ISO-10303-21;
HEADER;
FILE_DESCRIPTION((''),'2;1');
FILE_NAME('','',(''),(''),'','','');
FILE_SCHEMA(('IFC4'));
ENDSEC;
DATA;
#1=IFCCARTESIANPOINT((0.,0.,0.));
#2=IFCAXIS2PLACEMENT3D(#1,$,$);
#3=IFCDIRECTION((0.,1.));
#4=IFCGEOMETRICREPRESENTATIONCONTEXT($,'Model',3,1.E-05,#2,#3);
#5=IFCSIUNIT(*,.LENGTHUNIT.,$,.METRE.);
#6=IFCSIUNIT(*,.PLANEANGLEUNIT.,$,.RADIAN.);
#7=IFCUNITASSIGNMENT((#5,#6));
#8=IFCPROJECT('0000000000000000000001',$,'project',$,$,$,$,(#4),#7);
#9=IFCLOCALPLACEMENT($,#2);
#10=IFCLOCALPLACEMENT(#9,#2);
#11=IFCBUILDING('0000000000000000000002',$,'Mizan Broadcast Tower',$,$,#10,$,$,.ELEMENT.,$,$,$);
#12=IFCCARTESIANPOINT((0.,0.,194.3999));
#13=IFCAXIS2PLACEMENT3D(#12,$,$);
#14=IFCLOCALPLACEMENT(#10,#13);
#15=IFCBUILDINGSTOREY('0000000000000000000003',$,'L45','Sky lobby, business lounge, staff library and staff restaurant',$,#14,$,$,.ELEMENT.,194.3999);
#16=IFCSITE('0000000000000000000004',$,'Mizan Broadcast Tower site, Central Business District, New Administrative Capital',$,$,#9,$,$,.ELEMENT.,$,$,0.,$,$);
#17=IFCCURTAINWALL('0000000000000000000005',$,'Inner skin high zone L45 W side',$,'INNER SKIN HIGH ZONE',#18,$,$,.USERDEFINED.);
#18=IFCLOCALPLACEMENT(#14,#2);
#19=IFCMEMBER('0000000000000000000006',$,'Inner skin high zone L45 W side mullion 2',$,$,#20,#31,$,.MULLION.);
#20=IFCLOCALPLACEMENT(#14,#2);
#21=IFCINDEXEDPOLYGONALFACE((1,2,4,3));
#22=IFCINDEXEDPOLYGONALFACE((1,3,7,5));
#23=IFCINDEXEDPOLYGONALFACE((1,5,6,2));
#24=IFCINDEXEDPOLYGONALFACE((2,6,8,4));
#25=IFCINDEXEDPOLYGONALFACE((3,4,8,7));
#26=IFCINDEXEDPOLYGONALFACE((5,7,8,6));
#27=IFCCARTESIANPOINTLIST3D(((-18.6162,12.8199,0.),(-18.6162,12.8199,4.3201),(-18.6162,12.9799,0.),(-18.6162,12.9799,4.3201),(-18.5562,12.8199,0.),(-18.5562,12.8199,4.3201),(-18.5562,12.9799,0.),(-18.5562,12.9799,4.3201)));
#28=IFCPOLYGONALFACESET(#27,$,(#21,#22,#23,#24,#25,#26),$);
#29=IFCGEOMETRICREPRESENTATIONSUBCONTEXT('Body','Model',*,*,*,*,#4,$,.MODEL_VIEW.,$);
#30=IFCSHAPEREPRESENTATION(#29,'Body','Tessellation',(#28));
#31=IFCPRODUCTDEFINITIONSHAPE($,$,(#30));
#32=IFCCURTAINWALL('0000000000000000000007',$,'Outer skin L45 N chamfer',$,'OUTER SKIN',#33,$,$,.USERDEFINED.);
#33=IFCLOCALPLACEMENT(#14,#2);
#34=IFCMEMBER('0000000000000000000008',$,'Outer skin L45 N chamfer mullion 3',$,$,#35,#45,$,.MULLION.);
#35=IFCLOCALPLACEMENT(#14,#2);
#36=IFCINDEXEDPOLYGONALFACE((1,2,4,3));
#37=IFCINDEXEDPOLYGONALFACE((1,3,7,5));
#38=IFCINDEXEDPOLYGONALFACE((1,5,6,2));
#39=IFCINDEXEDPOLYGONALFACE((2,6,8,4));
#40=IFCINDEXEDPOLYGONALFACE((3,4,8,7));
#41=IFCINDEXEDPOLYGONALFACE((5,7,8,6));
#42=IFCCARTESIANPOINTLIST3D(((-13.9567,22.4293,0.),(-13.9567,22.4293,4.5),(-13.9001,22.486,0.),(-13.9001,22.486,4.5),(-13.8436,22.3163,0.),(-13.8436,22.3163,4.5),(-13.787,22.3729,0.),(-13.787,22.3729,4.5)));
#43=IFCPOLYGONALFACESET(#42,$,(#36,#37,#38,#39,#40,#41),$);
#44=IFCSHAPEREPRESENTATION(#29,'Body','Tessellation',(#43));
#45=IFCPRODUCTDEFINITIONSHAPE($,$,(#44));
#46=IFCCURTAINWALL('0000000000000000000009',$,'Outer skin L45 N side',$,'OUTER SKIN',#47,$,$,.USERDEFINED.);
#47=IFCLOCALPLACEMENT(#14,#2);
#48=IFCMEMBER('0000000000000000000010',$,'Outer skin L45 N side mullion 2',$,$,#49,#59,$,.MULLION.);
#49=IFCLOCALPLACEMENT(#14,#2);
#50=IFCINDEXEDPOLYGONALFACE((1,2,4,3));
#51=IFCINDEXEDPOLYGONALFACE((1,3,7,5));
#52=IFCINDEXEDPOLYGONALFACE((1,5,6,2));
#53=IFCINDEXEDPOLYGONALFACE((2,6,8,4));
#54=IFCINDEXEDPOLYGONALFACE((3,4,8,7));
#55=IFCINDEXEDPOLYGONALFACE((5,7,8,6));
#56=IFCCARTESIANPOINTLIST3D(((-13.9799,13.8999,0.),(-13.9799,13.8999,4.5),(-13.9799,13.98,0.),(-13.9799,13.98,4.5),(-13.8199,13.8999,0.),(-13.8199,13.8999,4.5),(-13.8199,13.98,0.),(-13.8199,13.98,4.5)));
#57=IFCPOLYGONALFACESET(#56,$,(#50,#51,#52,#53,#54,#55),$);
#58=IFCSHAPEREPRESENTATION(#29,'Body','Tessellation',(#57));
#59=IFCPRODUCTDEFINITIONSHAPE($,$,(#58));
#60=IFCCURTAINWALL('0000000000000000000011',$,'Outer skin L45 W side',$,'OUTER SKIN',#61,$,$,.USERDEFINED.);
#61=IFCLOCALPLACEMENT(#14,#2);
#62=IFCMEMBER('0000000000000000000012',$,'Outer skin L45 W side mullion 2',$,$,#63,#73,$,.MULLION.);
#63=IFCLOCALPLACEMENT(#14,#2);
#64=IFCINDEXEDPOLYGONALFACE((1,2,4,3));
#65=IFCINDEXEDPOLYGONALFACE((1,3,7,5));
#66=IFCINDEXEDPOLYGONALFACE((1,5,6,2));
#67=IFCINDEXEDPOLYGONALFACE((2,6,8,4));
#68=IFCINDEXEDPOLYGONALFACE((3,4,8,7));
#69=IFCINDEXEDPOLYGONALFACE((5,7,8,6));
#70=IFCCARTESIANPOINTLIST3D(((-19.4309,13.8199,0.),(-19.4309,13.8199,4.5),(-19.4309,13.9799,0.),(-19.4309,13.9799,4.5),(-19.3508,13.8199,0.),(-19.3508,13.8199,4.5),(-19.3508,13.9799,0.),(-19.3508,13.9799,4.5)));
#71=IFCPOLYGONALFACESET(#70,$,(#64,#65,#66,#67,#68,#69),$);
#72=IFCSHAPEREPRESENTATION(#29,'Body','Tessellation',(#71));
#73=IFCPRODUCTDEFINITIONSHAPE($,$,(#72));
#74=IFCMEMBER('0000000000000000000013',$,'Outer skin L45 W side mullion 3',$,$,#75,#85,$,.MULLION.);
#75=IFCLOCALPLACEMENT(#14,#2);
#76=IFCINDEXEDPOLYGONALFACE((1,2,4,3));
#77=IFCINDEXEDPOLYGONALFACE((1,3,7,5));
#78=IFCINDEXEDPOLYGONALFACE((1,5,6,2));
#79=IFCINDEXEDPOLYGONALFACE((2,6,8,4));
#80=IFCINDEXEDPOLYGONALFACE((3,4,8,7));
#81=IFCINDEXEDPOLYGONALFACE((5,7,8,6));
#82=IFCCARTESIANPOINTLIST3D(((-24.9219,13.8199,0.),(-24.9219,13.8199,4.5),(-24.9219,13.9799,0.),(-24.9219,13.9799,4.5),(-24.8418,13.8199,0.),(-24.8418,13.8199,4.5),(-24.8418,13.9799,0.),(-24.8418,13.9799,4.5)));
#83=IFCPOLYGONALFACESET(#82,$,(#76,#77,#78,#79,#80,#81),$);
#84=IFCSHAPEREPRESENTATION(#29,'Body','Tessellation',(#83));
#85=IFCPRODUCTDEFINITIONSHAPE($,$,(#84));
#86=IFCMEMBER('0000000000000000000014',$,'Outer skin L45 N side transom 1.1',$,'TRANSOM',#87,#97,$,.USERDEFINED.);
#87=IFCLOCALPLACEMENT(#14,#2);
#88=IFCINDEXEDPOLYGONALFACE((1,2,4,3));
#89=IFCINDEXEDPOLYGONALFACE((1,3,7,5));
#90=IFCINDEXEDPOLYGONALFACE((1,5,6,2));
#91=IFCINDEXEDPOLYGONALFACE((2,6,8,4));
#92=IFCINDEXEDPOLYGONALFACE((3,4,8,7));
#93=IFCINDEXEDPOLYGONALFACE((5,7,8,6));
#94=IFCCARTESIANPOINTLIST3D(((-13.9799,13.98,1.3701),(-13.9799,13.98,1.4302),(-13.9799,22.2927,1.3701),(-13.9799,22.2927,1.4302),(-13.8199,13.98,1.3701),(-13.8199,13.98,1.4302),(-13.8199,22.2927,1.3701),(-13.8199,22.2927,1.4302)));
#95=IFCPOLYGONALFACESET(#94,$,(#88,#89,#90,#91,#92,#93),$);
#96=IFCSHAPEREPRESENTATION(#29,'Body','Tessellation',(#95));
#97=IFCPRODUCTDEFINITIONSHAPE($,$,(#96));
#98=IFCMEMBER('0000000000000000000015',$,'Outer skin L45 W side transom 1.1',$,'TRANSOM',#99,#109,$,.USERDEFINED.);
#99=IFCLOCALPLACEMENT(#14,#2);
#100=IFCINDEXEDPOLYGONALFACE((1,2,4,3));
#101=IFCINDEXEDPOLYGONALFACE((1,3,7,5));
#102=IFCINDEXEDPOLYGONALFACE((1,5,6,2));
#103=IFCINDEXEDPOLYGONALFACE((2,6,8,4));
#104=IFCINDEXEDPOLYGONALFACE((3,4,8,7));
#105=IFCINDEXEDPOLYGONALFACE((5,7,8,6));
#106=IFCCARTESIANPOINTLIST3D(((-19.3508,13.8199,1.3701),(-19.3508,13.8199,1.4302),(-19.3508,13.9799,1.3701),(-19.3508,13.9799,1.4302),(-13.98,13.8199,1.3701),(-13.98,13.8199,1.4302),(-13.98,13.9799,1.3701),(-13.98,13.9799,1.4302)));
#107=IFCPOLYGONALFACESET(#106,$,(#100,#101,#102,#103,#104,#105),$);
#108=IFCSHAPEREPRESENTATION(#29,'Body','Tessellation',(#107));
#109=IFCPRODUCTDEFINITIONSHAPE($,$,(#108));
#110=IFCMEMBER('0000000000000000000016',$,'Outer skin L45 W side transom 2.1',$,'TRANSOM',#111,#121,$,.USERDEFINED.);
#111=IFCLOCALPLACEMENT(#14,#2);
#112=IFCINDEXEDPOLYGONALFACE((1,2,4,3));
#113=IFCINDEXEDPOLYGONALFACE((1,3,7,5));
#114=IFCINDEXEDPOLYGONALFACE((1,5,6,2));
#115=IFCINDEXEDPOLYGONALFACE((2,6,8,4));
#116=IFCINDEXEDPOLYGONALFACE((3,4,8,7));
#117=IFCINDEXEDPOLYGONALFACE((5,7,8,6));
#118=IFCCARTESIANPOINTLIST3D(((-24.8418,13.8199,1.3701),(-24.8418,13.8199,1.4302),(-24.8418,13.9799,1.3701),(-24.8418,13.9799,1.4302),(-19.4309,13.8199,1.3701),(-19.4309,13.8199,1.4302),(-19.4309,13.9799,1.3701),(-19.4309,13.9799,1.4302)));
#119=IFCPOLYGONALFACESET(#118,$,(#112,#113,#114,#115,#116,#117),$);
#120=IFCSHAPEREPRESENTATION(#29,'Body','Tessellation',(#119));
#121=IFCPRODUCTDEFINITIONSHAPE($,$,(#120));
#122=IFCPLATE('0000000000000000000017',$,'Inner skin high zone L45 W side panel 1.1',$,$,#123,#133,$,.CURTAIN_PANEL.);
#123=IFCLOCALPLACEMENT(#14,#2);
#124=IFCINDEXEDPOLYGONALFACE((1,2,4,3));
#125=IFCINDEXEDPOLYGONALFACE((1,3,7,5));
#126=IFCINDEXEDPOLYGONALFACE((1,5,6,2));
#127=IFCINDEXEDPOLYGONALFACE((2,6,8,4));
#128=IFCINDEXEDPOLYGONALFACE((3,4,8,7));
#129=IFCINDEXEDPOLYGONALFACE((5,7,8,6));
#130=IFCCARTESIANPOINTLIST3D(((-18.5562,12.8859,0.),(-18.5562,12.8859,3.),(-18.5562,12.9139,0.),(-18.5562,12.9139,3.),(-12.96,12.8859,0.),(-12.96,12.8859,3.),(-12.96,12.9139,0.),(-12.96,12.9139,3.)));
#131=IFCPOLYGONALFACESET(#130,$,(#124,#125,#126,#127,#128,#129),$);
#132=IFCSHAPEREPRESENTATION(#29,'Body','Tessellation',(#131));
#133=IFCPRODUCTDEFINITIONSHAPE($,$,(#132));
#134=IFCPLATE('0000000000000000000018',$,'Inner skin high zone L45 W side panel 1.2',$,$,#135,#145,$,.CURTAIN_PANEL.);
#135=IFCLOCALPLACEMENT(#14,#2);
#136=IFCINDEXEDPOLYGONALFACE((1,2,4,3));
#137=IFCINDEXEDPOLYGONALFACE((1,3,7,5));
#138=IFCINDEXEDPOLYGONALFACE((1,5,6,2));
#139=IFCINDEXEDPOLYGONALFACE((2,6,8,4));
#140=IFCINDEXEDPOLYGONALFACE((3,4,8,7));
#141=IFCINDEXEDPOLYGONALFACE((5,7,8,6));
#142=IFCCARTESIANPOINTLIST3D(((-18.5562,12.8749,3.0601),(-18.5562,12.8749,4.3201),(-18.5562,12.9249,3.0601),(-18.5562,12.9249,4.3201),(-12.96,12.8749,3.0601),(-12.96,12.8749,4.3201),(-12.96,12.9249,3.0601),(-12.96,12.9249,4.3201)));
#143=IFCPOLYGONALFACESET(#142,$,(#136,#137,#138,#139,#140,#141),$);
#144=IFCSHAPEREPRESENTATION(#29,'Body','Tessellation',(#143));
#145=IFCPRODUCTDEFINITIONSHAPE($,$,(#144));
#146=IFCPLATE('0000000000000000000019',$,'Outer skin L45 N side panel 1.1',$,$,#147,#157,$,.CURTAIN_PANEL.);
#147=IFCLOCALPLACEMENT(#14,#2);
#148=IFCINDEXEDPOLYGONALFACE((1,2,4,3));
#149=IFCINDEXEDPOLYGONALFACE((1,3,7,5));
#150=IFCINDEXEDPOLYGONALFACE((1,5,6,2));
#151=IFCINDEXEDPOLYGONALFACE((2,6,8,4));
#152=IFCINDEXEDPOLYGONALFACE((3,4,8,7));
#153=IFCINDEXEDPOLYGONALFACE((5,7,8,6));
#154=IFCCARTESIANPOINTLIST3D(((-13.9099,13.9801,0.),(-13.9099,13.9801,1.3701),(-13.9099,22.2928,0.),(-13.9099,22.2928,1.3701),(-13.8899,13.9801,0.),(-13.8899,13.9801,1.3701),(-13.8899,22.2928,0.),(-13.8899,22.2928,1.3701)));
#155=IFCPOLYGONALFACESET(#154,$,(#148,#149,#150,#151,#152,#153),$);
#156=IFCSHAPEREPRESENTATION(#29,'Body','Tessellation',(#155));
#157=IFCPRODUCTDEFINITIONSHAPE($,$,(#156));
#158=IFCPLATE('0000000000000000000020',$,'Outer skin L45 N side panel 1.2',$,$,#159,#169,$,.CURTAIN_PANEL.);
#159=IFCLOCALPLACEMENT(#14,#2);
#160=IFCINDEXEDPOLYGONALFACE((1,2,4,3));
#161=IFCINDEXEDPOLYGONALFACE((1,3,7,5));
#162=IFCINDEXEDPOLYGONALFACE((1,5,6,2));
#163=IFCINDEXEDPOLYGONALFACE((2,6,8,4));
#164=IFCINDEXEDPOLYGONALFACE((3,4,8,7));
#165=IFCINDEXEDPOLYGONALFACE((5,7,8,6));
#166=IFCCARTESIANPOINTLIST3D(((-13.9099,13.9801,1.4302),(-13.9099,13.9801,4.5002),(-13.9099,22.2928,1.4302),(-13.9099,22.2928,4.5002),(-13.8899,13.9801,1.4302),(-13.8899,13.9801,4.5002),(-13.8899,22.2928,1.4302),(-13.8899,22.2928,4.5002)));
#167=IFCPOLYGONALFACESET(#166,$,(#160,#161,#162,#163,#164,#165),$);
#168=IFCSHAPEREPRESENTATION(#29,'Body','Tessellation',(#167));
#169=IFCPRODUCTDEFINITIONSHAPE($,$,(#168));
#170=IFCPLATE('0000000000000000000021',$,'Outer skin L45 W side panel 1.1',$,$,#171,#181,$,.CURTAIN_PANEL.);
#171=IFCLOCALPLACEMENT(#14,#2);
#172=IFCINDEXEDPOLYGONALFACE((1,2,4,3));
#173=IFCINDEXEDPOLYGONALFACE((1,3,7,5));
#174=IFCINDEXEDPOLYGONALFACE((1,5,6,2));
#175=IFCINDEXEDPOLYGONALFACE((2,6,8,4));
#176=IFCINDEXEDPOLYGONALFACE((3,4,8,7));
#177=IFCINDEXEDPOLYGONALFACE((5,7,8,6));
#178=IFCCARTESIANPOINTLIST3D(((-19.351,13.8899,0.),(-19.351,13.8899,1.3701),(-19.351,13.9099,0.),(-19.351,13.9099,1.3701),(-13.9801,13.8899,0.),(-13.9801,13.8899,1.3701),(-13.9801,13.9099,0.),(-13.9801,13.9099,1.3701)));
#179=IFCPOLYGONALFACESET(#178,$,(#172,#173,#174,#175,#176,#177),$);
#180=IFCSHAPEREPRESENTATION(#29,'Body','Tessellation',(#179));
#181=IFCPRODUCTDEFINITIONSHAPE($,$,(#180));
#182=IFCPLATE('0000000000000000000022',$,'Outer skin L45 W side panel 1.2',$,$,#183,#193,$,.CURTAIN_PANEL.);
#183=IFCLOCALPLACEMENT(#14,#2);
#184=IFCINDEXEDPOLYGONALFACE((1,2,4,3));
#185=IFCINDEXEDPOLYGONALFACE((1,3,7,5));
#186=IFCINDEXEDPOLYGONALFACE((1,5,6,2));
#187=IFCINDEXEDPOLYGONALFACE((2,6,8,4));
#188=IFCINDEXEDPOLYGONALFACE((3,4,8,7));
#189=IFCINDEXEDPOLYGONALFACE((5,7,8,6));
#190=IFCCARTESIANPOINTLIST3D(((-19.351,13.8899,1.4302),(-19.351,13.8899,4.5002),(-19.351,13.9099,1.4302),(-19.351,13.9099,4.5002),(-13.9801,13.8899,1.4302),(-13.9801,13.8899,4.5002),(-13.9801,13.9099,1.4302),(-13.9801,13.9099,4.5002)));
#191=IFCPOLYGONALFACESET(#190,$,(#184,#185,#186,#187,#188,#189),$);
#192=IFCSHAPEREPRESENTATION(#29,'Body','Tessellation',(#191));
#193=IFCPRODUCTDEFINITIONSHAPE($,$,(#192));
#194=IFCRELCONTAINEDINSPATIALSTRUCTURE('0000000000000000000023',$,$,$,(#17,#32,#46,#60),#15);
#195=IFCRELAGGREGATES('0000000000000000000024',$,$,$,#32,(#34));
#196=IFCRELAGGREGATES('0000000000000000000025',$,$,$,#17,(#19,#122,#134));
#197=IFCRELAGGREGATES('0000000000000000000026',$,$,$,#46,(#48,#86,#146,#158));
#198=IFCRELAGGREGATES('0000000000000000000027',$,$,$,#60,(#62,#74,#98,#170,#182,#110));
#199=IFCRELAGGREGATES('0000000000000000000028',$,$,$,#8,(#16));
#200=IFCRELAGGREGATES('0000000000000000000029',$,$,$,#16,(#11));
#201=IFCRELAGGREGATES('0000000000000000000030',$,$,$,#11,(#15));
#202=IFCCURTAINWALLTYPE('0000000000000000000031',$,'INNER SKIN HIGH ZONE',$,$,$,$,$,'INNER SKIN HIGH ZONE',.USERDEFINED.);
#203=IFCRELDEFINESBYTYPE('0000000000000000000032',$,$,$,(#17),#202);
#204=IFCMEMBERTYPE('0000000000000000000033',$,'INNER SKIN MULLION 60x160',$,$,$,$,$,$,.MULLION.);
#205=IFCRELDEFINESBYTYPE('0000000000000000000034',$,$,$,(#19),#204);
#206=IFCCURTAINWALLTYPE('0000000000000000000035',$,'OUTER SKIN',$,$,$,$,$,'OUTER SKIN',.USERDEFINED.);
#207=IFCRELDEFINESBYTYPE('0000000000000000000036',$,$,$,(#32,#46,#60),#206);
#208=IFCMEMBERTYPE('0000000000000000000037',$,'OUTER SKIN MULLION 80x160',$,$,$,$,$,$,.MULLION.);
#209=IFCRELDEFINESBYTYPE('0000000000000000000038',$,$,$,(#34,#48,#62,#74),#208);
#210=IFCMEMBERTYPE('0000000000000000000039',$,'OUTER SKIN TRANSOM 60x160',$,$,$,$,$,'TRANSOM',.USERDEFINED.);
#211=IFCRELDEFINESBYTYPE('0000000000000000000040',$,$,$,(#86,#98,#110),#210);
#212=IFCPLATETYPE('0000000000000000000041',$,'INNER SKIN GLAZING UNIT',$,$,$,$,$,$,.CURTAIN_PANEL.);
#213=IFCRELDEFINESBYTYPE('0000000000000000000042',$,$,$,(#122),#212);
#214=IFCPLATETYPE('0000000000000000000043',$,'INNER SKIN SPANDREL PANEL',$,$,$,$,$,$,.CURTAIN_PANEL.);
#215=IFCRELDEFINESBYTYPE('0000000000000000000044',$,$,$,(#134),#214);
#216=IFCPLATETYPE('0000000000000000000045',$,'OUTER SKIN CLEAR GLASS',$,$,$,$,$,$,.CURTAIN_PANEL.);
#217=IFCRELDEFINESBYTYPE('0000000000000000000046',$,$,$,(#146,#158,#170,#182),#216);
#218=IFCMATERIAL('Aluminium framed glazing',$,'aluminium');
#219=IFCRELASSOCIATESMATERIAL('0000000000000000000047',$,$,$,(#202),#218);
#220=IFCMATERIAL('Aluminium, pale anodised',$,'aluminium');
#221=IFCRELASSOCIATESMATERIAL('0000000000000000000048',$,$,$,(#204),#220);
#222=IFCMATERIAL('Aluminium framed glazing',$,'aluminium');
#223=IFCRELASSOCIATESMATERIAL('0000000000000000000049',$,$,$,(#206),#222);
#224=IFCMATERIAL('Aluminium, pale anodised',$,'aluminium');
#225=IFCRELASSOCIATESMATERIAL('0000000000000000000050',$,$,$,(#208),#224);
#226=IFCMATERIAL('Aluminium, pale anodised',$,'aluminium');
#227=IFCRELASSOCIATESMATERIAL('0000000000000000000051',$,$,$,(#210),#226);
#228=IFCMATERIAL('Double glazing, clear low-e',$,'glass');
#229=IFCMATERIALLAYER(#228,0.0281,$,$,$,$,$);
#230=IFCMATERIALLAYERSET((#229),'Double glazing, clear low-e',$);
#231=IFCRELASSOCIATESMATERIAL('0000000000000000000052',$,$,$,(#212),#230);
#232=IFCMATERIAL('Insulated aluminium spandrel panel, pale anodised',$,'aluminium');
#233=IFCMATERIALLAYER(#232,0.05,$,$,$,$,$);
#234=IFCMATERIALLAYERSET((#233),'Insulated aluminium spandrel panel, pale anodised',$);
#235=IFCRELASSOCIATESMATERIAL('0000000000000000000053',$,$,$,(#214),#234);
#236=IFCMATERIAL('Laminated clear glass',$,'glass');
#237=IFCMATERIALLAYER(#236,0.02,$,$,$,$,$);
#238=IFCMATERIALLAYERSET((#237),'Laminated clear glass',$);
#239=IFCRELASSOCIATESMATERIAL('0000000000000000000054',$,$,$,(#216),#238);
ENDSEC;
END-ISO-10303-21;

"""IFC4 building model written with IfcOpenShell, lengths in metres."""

from ifc_helpers import new_model, si_unit, direction, frame, origin, origin_2d, place, context, subcontext, project, spatial, rectangle, extrude, material, layer, layer_set, material_profile, profile_set, type_object, element, aggregate, save


model = new_model("IFC4")

# Units and contexts
model_context = context("Model", 3, precision=1e-05, world=origin(), true_north=direction((0.0, 1.0)))
body_context = subcontext(model_context, "Body", "Model", "MODEL_VIEW")
ifc_project = project(units=[si_unit("LENGTHUNIT", "METRE"), si_unit("PLANEANGLEUNIT", "RADIAN")], contexts=[model_context])

# Site, building, storey
site_placement = place(None, origin())
site = spatial("IfcSite", under=ifc_project, at=site_placement, Name="Mizan Broadcast Tower site, Central Business District, New Administrative Capital", CompositionType="ELEMENT", RefElevation=0.0)
building_placement = place(site_placement, origin())
building = spatial("IfcBuilding", under=site, at=building_placement, Name="Mizan Broadcast Tower", CompositionType="ELEMENT")
storey_placement = place(building_placement, frame((0.0, 0.0, 194.3999)))
storey = spatial("IfcBuildingStorey", under=building, at=storey_placement, Name="L45", Description="Sky lobby, business lounge, staff library and staff restaurant", CompositionType="ELEMENT", Elevation=194.3999)

# Curtain walls, members
ifc_material_1 = material(Name="Aluminium framed glazing", Category="aluminium")
curtain_wall_type_1 = type_object("IfcCurtainWallType", Name="INNER SKIN HIGH ZONE", ElementType="INNER SKIN HIGH ZONE", PredefinedType="USERDEFINED", material=ifc_material_1)
curtain_wall_1_placement = place(storey_placement, origin())
curtain_wall_1 = element("IfcCurtainWall", 1, at=curtain_wall_1_placement, inside=storey, type_object=curtain_wall_type_1, Name="Inner skin high zone L45 W side", ObjectType="INNER SKIN HIGH ZONE", PredefinedType="USERDEFINED")
ifc_material_2 = material(Name="Aluminium, pale anodised", Category="aluminium")
ifc_material_profile_1 = material_profile(ifc_material_2, rectangle(XDim=0.1599, YDim=0.0601, at=origin_2d()), Name="MULLION 160x60")
ifc_profile_set_1 = profile_set([ifc_material_profile_1], Name="Aluminium, pale anodised")
member_type_1 = type_object("IfcMemberType", Name="INNER SKIN MULLION 60x160", PredefinedType="MULLION", material=ifc_profile_set_1)
member_1_placement = place(storey_placement, frame((-18.5862, 12.8999, 0.0), z_axis=(0.0, 0.0, 1.0), x_axis=(0.0, -1.0, 0.0)))
member_1 = element("IfcMember", 2, at=member_1_placement, type_object=member_type_1, Name="Inner skin high zone L45 W side mullion 2", PredefinedType="MULLION", context=body_context, shape_type="SweptSolid", body=[
    extrude(rectangle(XDim=0.1599, YDim=0.0601, at=origin_2d()), origin(), (0.0, 0.0, 1.0), 4.3201),
])
ifc_material_3 = material(Name="Aluminium framed glazing", Category="aluminium")
curtain_wall_type_2 = type_object("IfcCurtainWallType", Name="OUTER SKIN", ElementType="OUTER SKIN", PredefinedType="USERDEFINED", material=ifc_material_3)
curtain_wall_2_placement = place(storey_placement, origin())
curtain_wall_2 = element("IfcCurtainWall", 3, at=curtain_wall_2_placement, inside=storey, type_object=curtain_wall_type_2, Name="Outer skin L45 N chamfer", ObjectType="OUTER SKIN", PredefinedType="USERDEFINED")
ifc_material_4 = material(Name="Aluminium, pale anodised", Category="aluminium")
ifc_material_profile_2 = material_profile(ifc_material_4, rectangle(XDim=0.1599, YDim=0.0801, at=origin_2d()), Name="MULLION 160x80")
ifc_profile_set_2 = profile_set([ifc_material_profile_2], Name="Aluminium, pale anodised")
member_type_2 = type_object("IfcMemberType", Name="OUTER SKIN MULLION 80x160", PredefinedType="MULLION", material=ifc_profile_set_2)
member_2_placement = place(storey_placement, frame((-13.8718, 22.4011, 0.0), z_axis=(0.0, 0.0, 1.0), x_axis=(0.707107, -0.707107, 0.0)))
member_2 = element("IfcMember", 4, at=member_2_placement, type_object=member_type_2, Name="Outer skin L45 N chamfer mullion 3", PredefinedType="MULLION", context=body_context, shape_type="SweptSolid", body=[
    extrude(rectangle(XDim=0.1599, YDim=0.0801, at=origin_2d()), origin(), (0.0, 0.0, 1.0), 4.5),
])
aggregate(curtain_wall_2, [member_2])
curtain_wall_3_placement = place(storey_placement, origin())
curtain_wall_3 = element("IfcCurtainWall", 5, at=curtain_wall_3_placement, inside=storey, type_object=curtain_wall_type_2, Name="Outer skin L45 N side", ObjectType="OUTER SKIN", PredefinedType="USERDEFINED")
member_3_placement = place(storey_placement, frame((-13.8999, 13.9399, 0.0), z_axis=(0.0, 0.0, 1.0), x_axis=(1.0, 0.0, 0.0)))
member_3 = element("IfcMember", 6, at=member_3_placement, type_object=member_type_2, Name="Outer skin L45 N side mullion 2", PredefinedType="MULLION", context=body_context, shape_type="SweptSolid", body=[
    extrude(rectangle(XDim=0.1599, YDim=0.0801, at=origin_2d()), origin(), (0.0, 0.0, 1.0), 4.5),
])

# Curtain wall, members
curtain_wall_4_placement = place(storey_placement, origin())
curtain_wall_4 = element("IfcCurtainWall", 7, at=curtain_wall_4_placement, inside=storey, type_object=curtain_wall_type_2, Name="Outer skin L45 W side", ObjectType="OUTER SKIN", PredefinedType="USERDEFINED")
member_4_placement = place(storey_placement, frame((-19.3909, 13.8999, 0.0), z_axis=(0.0, 0.0, 1.0), x_axis=(0.0, -1.0, 0.0)))
member_4 = element("IfcMember", 8, at=member_4_placement, type_object=member_type_2, Name="Outer skin L45 W side mullion 2", PredefinedType="MULLION", context=body_context, shape_type="SweptSolid", body=[
    extrude(rectangle(XDim=0.1599, YDim=0.0801, at=origin_2d()), origin(), (0.0, 0.0, 1.0), 4.5),
])
member_5_placement = place(storey_placement, frame((-24.8818, 13.8999, 0.0), z_axis=(0.0, 0.0, 1.0), x_axis=(0.0, -1.0, 0.0)))
member_5 = element("IfcMember", 9, at=member_5_placement, type_object=member_type_2, Name="Outer skin L45 W side mullion 3", PredefinedType="MULLION", context=body_context, shape_type="SweptSolid", body=[
    extrude(rectangle(XDim=0.1599, YDim=0.0801, at=origin_2d()), origin(), (0.0, 0.0, 1.0), 4.5),
])

# Members
ifc_material_5 = material(Name="Aluminium, pale anodised", Category="aluminium")
ifc_material_profile_3 = material_profile(ifc_material_5, rectangle(XDim=0.1599, YDim=0.0601, at=origin_2d()), Name="TRANSOM 160x60")
ifc_profile_set_3 = profile_set([ifc_material_profile_3], Name="Aluminium, pale anodised")
member_type_3 = type_object("IfcMemberType", Name="OUTER SKIN TRANSOM 60x160", ElementType="TRANSOM", PredefinedType="USERDEFINED", material=ifc_profile_set_3)
member_6_placement = place(storey_placement, frame((-13.8999, 22.2927, 1.4001), z_axis=(0.0, -1.0, 0.0), x_axis=(1.0, 0.0, 0.0)))
member_6 = element("IfcMember", 10, at=member_6_placement, type_object=member_type_3, Name="Outer skin L45 N side transom 1.1", ObjectType="TRANSOM", PredefinedType="USERDEFINED", context=body_context, shape_type="SweptSolid", body=[
    extrude(rectangle(XDim=0.1599, YDim=0.0601, at=origin_2d()), origin(), (0.0, 0.0, 1.0), 8.3127),
])
member_7_placement = place(storey_placement, frame((-13.98, 13.8999, 1.4001), z_axis=(-1.0, 0.0, 0.0), x_axis=(0.0, -1.0, 0.0)))
member_7 = element("IfcMember", 11, at=member_7_placement, type_object=member_type_3, Name="Outer skin L45 W side transom 1.1", ObjectType="TRANSOM", PredefinedType="USERDEFINED", context=body_context, shape_type="SweptSolid", body=[
    extrude(rectangle(XDim=0.1599, YDim=0.0601, at=origin_2d()), origin(), (0.0, 0.0, 1.0), 5.3708),
])
member_8_placement = place(storey_placement, frame((-19.4309, 13.8999, 1.4001), z_axis=(-1.0, 0.0, 0.0), x_axis=(0.0, -1.0, 0.0)))
member_8 = element("IfcMember", 12, at=member_8_placement, type_object=member_type_3, Name="Outer skin L45 W side transom 2.1", ObjectType="TRANSOM", PredefinedType="USERDEFINED", context=body_context, shape_type="SweptSolid", body=[
    extrude(rectangle(XDim=0.1599, YDim=0.0601, at=origin_2d()), origin(), (0.0, 0.0, 1.0), 5.4109),
])

# Plates
ifc_material_6 = material(Name="Double glazing, clear low-e", Category="glass")
ifc_layer_1 = layer(ifc_material_6, 0.0281)
ifc_layer_set_1 = layer_set([ifc_layer_1], Name="Double glazing, clear low-e")
plate_type_1 = type_object("IfcPlateType", Name="INNER SKIN GLAZING UNIT", PredefinedType="CURTAIN_PANEL", material=ifc_layer_set_1)
plate_1_placement = place(storey_placement, frame((-15.7581, 12.8999, 0.0), z_axis=(0.0, 0.0, 1.0), x_axis=(-1.0, 0.0, 0.0)))
plate_1 = element("IfcPlate", 13, at=plate_1_placement, type_object=plate_type_1, Name="Inner skin high zone L45 W side panel 1.1", PredefinedType="CURTAIN_PANEL", context=body_context, shape_type="SweptSolid", body=[
    extrude(rectangle(XDim=5.5962, YDim=0.0281, at=origin_2d()), origin(), (0.0, 0.0, 1.0), 3.0),
])
ifc_material_7 = material(Name="Insulated aluminium spandrel panel, pale anodised", Category="aluminium")
ifc_layer_2 = layer(ifc_material_7, 0.05)
ifc_layer_set_2 = layer_set([ifc_layer_2], Name="Insulated aluminium spandrel panel, pale anodised")
plate_type_2 = type_object("IfcPlateType", Name="INNER SKIN SPANDREL PANEL", PredefinedType="CURTAIN_PANEL", material=ifc_layer_set_2)
plate_2_placement = place(storey_placement, frame((-15.7581, 12.8999, 3.0601), z_axis=(0.0, 0.0, 1.0), x_axis=(-1.0, 0.0, 0.0)))
plate_2 = element("IfcPlate", 14, at=plate_2_placement, type_object=plate_type_2, Name="Inner skin high zone L45 W side panel 1.2", PredefinedType="CURTAIN_PANEL", context=body_context, shape_type="SweptSolid", body=[
    extrude(rectangle(XDim=5.5962, YDim=0.05, at=origin_2d()), origin(), (0.0, 0.0, 1.0), 1.26),
])
aggregate(curtain_wall_1, [member_1, plate_1, plate_2])
ifc_material_8 = material(Name="Laminated clear glass", Category="glass")
ifc_layer_3 = layer(ifc_material_8, 0.02)
ifc_layer_set_3 = layer_set([ifc_layer_3], Name="Laminated clear glass")
plate_type_3 = type_object("IfcPlateType", Name="OUTER SKIN CLEAR GLASS", PredefinedType="CURTAIN_PANEL", material=ifc_layer_set_3)
plate_3_placement = place(storey_placement, frame((-13.8999, 18.1365, 0.0), z_axis=(0.0, 0.0, 1.0), x_axis=(0.0, -1.0, 0.0)))
plate_3 = element("IfcPlate", 15, at=plate_3_placement, type_object=plate_type_3, Name="Outer skin L45 N side panel 1.1", PredefinedType="CURTAIN_PANEL", context=body_context, shape_type="SweptSolid", body=[
    extrude(rectangle(XDim=8.3127, YDim=0.02, at=origin_2d()), origin(), (0.0, 0.0, 1.0), 1.3701),
])
plate_4_placement = place(storey_placement, frame((-13.8999, 18.1365, 1.4302), z_axis=(0.0, 0.0, 1.0), x_axis=(0.0, -1.0, 0.0)))
plate_4 = element("IfcPlate", 16, at=plate_4_placement, type_object=plate_type_3, Name="Outer skin L45 N side panel 1.2", PredefinedType="CURTAIN_PANEL", context=body_context, shape_type="SweptSolid", body=[
    extrude(rectangle(XDim=8.3127, YDim=0.02, at=origin_2d()), origin(), (0.0, 0.0, 1.0), 3.0701),
])
aggregate(curtain_wall_3, [member_3, member_6, plate_3, plate_4])
plate_5_placement = place(storey_placement, frame((-16.6655, 13.8999, 0.0), z_axis=(0.0, 0.0, 1.0), x_axis=(-1.0, 0.0, 0.0)))
plate_5 = element("IfcPlate", 17, at=plate_5_placement, type_object=plate_type_3, Name="Outer skin L45 W side panel 1.1", PredefinedType="CURTAIN_PANEL", context=body_context, shape_type="SweptSolid", body=[
    extrude(rectangle(XDim=5.3708, YDim=0.02, at=origin_2d()), origin(), (0.0, 0.0, 1.0), 1.3701),
])
plate_6_placement = place(storey_placement, frame((-16.6655, 13.8999, 1.4302), z_axis=(0.0, 0.0, 1.0), x_axis=(-1.0, 0.0, 0.0)))
plate_6 = element("IfcPlate", 18, at=plate_6_placement, type_object=plate_type_3, Name="Outer skin L45 W side panel 1.2", PredefinedType="CURTAIN_PANEL", context=body_context, shape_type="SweptSolid", body=[
    extrude(rectangle(XDim=5.3708, YDim=0.02, at=origin_2d()), origin(), (0.0, 0.0, 1.0), 3.0701),
])
aggregate(curtain_wall_4, [member_4, member_5, member_7, plate_5, plate_6, member_8])

save(model, "model.ifc")
